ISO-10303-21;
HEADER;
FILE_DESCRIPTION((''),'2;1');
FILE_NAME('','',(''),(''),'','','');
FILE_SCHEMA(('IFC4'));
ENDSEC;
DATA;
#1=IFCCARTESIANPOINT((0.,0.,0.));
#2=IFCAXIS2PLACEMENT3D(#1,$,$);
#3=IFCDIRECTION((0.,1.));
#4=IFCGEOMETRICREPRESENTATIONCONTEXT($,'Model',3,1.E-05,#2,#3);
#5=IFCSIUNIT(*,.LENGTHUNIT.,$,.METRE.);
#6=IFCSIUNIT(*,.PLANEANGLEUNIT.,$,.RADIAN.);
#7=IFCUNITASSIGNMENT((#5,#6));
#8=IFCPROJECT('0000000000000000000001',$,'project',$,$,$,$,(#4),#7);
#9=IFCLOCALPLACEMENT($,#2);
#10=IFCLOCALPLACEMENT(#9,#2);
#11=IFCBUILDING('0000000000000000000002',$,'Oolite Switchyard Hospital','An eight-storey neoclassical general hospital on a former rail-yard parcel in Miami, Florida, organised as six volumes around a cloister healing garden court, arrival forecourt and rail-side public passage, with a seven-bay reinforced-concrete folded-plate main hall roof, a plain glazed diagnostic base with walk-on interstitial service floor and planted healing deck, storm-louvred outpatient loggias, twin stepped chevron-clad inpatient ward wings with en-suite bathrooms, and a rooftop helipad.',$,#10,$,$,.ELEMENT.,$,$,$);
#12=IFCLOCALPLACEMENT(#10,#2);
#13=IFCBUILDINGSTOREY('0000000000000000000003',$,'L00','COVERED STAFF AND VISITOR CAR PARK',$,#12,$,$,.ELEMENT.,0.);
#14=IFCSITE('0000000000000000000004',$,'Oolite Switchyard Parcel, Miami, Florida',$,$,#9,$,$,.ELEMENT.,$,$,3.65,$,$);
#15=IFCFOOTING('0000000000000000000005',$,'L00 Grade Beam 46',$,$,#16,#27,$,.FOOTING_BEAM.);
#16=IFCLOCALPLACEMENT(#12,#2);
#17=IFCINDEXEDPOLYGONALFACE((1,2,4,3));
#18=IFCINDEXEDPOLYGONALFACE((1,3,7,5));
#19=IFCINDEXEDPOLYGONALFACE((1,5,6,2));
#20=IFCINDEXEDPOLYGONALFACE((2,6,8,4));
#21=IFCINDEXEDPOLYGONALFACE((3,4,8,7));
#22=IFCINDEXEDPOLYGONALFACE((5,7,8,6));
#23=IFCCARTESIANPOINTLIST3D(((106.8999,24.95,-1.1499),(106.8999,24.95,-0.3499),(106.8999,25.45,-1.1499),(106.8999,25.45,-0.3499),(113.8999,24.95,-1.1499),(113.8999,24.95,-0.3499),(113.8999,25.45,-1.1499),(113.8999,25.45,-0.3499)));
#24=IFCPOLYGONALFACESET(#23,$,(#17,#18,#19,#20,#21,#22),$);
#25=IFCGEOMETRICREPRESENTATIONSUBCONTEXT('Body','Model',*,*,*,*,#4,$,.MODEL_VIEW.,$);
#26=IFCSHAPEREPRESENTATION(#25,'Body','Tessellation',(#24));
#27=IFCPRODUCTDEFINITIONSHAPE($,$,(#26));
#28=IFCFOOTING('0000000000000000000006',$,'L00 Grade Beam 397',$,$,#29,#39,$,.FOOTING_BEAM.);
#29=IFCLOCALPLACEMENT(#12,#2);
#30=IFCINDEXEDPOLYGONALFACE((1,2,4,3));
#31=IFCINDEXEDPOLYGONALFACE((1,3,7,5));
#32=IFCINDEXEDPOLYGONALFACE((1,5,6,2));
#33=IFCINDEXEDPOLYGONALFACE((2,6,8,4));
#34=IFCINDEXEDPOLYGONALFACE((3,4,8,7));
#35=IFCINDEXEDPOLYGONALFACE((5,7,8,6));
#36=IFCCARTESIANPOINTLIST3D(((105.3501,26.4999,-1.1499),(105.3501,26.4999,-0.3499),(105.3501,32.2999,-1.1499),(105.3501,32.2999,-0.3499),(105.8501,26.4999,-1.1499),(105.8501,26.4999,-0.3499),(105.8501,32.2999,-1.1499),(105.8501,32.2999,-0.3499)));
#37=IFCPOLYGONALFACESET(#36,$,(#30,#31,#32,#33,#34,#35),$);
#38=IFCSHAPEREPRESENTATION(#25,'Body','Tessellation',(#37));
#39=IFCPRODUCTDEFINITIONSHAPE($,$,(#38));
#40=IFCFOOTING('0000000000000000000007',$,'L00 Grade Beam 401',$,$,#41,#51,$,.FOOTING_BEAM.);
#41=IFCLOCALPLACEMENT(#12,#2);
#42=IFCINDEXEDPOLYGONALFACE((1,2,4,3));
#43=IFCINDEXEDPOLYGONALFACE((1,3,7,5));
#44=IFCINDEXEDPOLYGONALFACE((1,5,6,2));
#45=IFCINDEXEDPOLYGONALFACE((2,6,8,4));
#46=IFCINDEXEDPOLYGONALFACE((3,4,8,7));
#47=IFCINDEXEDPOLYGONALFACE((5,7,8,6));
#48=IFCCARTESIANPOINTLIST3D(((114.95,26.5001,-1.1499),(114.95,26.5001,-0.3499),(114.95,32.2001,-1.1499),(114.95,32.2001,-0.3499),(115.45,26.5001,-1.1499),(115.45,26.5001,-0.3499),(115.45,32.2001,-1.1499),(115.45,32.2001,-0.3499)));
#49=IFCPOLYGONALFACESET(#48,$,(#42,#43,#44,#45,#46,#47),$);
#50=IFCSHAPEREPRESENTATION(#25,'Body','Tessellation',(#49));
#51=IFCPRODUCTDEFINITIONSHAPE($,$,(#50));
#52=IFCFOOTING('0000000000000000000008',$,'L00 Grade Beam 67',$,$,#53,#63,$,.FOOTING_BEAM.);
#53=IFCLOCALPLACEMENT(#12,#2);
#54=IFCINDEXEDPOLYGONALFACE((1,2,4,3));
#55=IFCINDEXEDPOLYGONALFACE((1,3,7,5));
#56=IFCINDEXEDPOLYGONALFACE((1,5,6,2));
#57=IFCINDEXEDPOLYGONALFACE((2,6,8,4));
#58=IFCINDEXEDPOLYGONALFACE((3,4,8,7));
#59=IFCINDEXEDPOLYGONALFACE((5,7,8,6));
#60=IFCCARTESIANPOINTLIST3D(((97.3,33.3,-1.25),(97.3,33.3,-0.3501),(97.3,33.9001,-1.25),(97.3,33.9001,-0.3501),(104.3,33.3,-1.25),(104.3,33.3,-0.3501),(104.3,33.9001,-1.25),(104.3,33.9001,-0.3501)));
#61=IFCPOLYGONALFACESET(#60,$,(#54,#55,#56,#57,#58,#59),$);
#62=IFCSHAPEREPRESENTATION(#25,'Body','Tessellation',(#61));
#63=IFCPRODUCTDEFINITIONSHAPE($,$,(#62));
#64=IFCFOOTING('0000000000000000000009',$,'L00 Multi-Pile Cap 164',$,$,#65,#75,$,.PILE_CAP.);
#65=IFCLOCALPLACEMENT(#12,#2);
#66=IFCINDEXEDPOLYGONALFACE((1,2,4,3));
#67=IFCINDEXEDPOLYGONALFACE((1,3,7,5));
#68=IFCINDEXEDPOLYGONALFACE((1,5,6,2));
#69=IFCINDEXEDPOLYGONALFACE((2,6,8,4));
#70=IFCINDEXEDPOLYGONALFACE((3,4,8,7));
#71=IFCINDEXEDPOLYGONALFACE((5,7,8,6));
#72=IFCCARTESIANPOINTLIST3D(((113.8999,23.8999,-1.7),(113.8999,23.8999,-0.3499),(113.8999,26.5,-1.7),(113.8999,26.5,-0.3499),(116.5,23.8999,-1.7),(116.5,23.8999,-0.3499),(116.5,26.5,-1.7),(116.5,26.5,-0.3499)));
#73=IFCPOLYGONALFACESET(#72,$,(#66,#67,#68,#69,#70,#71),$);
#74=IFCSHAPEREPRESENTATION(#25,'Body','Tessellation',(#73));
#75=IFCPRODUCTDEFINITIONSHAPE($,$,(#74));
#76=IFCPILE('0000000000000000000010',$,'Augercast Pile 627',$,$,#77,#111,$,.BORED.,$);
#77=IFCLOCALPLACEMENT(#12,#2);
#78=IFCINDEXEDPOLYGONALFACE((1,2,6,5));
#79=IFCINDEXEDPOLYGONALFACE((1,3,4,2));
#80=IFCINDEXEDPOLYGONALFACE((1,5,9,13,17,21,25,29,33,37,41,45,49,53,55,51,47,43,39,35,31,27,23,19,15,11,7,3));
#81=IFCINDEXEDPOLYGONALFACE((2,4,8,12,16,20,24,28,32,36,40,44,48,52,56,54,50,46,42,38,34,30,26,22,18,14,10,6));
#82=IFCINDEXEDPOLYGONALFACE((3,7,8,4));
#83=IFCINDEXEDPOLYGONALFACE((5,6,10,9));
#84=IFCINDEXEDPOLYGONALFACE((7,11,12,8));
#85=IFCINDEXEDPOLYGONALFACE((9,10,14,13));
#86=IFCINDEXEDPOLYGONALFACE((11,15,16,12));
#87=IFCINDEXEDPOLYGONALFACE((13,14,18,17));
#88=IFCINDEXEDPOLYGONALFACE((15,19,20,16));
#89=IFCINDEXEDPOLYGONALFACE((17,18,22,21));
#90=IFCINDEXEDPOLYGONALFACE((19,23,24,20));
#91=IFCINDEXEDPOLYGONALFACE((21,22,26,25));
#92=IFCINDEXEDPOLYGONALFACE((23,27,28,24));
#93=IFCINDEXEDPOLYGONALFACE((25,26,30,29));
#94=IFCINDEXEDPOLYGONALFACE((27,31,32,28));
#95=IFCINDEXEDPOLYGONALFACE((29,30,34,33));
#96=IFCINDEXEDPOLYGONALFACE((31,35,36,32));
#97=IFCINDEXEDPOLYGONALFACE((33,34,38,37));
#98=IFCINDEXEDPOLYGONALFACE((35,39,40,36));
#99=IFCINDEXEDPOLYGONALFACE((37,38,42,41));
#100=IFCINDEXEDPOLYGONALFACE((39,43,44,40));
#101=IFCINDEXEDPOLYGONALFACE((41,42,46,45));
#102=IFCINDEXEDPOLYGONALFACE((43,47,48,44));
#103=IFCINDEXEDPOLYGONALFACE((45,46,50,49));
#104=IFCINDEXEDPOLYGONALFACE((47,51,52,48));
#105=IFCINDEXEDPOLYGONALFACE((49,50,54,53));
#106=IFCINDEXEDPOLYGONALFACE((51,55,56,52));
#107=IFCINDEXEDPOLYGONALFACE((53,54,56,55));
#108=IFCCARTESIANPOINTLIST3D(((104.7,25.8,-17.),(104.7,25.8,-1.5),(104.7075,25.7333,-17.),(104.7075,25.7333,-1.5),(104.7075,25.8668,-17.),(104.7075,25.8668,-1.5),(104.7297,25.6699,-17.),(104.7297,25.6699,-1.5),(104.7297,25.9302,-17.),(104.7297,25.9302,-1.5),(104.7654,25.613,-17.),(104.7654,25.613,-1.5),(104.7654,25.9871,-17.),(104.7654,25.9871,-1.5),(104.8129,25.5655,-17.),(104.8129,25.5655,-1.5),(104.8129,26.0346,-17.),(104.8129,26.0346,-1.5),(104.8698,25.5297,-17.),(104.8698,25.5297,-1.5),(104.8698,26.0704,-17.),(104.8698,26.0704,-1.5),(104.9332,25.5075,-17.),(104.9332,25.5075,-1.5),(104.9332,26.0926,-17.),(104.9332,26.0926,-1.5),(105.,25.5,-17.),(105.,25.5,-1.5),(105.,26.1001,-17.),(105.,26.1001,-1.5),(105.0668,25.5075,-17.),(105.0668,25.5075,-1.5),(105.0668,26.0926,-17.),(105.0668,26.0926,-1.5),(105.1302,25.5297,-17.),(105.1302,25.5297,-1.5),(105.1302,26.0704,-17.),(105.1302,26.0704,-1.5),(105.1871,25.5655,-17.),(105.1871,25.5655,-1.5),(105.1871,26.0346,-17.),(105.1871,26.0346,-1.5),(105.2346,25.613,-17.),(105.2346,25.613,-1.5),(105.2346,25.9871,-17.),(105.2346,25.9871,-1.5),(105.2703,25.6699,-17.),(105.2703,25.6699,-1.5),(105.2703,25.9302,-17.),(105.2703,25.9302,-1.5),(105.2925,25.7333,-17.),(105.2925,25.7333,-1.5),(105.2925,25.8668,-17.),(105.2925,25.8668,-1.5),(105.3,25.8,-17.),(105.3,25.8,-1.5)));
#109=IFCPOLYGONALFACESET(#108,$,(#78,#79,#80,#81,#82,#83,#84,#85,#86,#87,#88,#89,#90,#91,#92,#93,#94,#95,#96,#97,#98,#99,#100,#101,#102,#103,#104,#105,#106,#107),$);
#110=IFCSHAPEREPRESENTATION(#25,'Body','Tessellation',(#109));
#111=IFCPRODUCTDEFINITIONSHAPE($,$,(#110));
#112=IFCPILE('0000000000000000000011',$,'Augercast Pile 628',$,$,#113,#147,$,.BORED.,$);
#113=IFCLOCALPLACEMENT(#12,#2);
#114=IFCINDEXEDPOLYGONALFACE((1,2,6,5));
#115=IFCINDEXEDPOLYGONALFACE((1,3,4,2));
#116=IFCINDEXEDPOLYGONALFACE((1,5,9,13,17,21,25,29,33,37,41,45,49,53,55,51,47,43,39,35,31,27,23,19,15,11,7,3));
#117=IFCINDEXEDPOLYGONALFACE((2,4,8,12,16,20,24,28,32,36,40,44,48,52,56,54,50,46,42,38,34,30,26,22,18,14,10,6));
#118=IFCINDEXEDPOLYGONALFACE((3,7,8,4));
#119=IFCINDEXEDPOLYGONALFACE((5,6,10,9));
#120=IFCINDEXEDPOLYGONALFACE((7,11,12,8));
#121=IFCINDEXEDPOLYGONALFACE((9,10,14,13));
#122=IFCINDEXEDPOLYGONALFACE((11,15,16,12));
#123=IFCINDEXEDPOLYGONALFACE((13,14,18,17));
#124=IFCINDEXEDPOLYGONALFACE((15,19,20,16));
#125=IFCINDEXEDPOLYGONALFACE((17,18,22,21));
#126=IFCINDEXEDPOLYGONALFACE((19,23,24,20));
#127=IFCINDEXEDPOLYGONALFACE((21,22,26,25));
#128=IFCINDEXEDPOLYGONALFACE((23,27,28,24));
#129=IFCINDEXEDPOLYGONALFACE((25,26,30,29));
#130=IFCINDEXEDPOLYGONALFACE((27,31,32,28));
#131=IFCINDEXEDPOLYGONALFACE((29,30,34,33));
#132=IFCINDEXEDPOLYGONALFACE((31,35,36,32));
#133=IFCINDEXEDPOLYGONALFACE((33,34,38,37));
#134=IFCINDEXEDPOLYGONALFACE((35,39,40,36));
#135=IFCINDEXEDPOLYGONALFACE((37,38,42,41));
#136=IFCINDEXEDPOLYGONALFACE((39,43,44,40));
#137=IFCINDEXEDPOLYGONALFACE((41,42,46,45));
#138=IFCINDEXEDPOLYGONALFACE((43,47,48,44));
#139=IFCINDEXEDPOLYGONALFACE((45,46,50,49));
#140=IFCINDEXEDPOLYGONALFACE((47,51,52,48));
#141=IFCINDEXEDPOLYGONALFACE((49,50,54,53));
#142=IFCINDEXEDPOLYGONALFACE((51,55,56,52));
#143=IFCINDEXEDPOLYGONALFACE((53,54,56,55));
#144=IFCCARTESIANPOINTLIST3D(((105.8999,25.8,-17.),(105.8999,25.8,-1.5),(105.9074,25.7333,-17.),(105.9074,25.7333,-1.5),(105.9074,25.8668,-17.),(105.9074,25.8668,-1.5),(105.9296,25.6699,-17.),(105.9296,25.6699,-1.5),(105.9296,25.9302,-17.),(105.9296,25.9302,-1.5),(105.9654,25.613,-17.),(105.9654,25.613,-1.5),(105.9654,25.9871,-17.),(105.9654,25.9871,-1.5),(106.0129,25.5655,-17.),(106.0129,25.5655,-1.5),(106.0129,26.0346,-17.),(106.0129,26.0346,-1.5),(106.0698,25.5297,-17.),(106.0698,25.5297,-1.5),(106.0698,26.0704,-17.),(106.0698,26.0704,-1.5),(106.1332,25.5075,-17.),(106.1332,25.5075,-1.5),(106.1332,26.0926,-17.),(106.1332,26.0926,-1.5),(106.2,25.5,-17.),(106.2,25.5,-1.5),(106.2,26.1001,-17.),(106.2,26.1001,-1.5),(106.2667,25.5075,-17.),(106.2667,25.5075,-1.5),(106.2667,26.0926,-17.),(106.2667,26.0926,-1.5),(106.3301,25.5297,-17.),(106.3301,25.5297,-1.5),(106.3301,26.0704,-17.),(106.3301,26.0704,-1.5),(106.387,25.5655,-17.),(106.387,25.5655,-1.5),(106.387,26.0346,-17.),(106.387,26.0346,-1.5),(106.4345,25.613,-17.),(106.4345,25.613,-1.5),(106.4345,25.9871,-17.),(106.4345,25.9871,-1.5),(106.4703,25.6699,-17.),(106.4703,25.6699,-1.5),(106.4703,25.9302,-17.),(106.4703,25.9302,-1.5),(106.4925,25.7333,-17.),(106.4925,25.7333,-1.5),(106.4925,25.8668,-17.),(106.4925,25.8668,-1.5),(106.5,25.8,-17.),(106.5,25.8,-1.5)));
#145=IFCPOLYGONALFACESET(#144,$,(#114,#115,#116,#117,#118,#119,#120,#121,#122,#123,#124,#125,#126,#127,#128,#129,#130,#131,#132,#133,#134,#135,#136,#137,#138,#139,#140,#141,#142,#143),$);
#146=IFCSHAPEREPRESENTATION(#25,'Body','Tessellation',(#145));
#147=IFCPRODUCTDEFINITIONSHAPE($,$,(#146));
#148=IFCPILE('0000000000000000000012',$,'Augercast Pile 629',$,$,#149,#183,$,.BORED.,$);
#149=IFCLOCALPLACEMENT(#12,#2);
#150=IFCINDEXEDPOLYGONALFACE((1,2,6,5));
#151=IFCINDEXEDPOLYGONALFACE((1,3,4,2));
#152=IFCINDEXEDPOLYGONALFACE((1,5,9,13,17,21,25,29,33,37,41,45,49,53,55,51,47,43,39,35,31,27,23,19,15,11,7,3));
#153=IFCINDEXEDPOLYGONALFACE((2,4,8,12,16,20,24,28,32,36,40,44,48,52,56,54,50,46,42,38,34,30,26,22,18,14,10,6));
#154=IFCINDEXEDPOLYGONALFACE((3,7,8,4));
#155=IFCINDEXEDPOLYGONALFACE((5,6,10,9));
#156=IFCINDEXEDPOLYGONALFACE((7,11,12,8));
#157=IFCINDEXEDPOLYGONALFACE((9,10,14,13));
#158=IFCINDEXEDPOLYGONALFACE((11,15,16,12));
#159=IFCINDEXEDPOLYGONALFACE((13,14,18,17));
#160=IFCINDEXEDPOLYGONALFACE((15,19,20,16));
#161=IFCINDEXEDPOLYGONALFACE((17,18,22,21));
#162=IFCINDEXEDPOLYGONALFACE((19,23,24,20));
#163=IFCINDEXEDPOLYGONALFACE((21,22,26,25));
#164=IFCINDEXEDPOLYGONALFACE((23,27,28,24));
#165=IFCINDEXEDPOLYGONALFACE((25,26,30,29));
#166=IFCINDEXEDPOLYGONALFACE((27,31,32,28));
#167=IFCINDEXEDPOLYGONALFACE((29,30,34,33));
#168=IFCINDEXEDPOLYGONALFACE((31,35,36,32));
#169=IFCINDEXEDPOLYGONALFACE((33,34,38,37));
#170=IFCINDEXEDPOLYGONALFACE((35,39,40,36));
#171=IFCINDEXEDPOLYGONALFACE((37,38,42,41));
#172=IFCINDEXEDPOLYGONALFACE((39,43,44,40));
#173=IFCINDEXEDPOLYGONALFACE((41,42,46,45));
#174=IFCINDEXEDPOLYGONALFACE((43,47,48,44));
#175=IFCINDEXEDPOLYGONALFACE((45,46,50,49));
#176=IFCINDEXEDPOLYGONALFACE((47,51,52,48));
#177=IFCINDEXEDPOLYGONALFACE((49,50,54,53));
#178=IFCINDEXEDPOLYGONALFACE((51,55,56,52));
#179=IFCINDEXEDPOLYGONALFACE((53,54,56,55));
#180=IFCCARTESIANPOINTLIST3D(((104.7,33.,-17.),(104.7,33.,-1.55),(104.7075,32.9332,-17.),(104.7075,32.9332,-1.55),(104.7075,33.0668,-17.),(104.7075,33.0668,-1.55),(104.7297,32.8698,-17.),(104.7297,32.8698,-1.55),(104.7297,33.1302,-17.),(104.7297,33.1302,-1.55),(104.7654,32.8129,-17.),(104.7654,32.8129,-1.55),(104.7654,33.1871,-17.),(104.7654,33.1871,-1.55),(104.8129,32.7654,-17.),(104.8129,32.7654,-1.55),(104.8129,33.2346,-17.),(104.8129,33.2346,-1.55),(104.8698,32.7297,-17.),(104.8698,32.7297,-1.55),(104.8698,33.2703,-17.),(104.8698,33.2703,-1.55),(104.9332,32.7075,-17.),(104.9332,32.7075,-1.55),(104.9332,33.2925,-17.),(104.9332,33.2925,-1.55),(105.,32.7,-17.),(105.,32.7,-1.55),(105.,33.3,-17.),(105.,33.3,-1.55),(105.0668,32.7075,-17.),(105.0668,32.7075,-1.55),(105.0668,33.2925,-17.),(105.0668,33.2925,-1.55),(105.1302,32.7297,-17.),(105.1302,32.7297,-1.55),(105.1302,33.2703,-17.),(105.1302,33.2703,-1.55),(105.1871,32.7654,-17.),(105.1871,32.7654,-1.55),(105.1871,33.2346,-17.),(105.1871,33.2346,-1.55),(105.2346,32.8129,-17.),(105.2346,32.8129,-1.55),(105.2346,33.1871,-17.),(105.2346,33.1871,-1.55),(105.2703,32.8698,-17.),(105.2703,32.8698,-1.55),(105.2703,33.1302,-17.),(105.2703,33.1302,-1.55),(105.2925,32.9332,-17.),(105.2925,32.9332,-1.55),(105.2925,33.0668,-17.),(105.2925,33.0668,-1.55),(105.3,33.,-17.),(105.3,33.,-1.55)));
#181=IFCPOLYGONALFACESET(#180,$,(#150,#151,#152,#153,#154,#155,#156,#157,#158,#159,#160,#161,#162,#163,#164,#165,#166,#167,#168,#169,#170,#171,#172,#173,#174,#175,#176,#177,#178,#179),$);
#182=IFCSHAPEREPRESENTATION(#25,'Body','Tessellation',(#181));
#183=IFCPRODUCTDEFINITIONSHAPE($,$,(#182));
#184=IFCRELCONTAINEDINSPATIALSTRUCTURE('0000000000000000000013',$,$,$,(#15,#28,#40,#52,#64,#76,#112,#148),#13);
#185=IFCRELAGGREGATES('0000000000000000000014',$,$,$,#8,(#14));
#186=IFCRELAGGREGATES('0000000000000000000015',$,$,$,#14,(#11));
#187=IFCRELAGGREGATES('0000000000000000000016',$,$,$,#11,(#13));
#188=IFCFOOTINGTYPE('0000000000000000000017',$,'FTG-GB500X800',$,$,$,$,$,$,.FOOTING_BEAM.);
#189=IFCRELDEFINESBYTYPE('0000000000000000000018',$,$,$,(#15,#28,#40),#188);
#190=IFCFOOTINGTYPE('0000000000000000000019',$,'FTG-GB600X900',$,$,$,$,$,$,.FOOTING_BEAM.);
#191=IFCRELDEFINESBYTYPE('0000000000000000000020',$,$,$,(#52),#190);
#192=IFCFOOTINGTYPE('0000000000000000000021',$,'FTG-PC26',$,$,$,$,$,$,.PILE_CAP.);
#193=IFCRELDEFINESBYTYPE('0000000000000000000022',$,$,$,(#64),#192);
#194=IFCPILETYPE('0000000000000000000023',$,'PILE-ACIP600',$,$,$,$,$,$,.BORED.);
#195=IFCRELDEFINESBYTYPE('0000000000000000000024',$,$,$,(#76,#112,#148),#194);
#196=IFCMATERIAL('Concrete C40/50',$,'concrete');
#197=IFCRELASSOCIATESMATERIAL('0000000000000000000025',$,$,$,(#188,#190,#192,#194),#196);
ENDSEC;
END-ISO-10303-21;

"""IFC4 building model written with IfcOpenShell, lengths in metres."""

from ifc_helpers import new_model, si_unit, direction, frame, origin, origin_2d, place, context, subcontext, project, spatial, rectangle, circle, extrude, material, material_profile, profile_set, type_object, element, save


model = new_model("IFC4")

# Units and contexts
model_context = context("Model", 3, precision=1e-05, world=origin(), true_north=direction((0.0, 1.0)))
body_context = subcontext(model_context, "Body", "Model", "MODEL_VIEW")
ifc_project = project(units=[si_unit("LENGTHUNIT", "METRE"), si_unit("PLANEANGLEUNIT", "RADIAN")], contexts=[model_context])

# Site, building, storey
site_placement = place(None, origin())
site = spatial("IfcSite", under=ifc_project, at=site_placement, Name="Oolite Switchyard Parcel, Miami, Florida", CompositionType="ELEMENT", RefElevation=3.65)
building_placement = place(site_placement, origin())
building = spatial("IfcBuilding", under=site, at=building_placement, Name="Oolite Switchyard Hospital", Description="An eight-storey neoclassical general hospital on a former rail-yard parcel in Miami, Florida, organised as six volumes around a cloister healing garden court, arrival forecourt and rail-side public passage, with a seven-bay reinforced-concrete folded-plate main hall roof, a plain glazed diagnostic base with walk-on interstitial service floor and planted healing deck, storm-louvred outpatient loggias, twin stepped chevron-clad inpatient ward wings with en-suite bathrooms, and a rooftop helipad.", CompositionType="ELEMENT")
storey_placement = place(building_placement, origin())
storey = spatial("IfcBuildingStorey", under=building, at=storey_placement, Name="L00", Description="COVERED STAFF AND VISITOR CAR PARK", CompositionType="ELEMENT", Elevation=0.0)

# Footings
ifc_material_1 = material(Name="Concrete C40/50", Category="concrete")
footing_type_1 = type_object("IfcFootingType", Name="FTG-GB500X800", PredefinedType="FOOTING_BEAM", material=ifc_material_1)
footing_1_placement = place(storey_placement, frame((110.3999, 25.2, -1.1499), z_axis=(0.0, 0.0, 1.0), x_axis=(1.0, 0.0, 0.0)))
element("IfcFooting", 1, at=footing_1_placement, inside=storey, type_object=footing_type_1, Name="L00 Grade Beam 46", PredefinedType="FOOTING_BEAM", context=body_context, shape_type="SweptSolid", body=[
    extrude(rectangle(XDim=7.0, YDim=0.5, at=origin_2d()), origin(), (0.0, 0.0, 1.0), 0.8),
])
footing_2_placement = place(storey_placement, frame((105.6001, 29.3999, -1.1499), z_axis=(0.0, 0.0, 1.0), x_axis=(0.0, 1.0, 0.0)))
element("IfcFooting", 2, at=footing_2_placement, inside=storey, type_object=footing_type_1, Name="L00 Grade Beam 397", PredefinedType="FOOTING_BEAM", context=body_context, shape_type="SweptSolid", body=[
    extrude(rectangle(XDim=5.8, YDim=0.5, at=origin_2d()), origin(), (0.0, 0.0, 1.0), 0.8),
])
footing_3_placement = place(storey_placement, frame((115.2, 29.3501, -1.1499), z_axis=(0.0, 0.0, 1.0), x_axis=(0.0, 1.0, 0.0)))
element("IfcFooting", 3, at=footing_3_placement, inside=storey, type_object=footing_type_1, Name="L00 Grade Beam 401", PredefinedType="FOOTING_BEAM", context=body_context, shape_type="SweptSolid", body=[
    extrude(rectangle(XDim=5.7, YDim=0.5, at=origin_2d()), origin(), (0.0, 0.0, 1.0), 0.8),
])
footing_type_2 = type_object("IfcFootingType", Name="FTG-GB600X900", PredefinedType="FOOTING_BEAM", material=ifc_material_1)
footing_4_placement = place(storey_placement, frame((100.8, 33.6001, -1.25), z_axis=(0.0, 0.0, 1.0), x_axis=(1.0, 0.0, 0.0)))
element("IfcFooting", 4, at=footing_4_placement, inside=storey, type_object=footing_type_2, Name="L00 Grade Beam 67", PredefinedType="FOOTING_BEAM", context=body_context, shape_type="SweptSolid", body=[
    extrude(rectangle(XDim=7.0, YDim=0.6001, at=origin_2d()), origin(), (0.0, 0.0, 1.0), 0.8999),
])
footing_type_3 = type_object("IfcFootingType", Name="FTG-PC26", PredefinedType="PILE_CAP", material=ifc_material_1)
footing_5_placement = place(storey_placement, frame((115.2, 25.2, -1.7), z_axis=(0.0, 0.0, 1.0), x_axis=(1.0, 0.0, 0.0)))
element("IfcFooting", 5, at=footing_5_placement, inside=storey, type_object=footing_type_3, Name="L00 Multi-Pile Cap 164", PredefinedType="PILE_CAP", context=body_context, shape_type="SweptSolid", body=[
    extrude(rectangle(XDim=2.6001, YDim=2.6001, at=origin_2d()), origin(), (0.0, 0.0, 1.0), 1.3501),
])

# Piles
ifc_material_profile_1 = material_profile(ifc_material_1, circle(Radius=0.3, at=origin_2d()), Name="PILE600")
ifc_profile_set_1 = profile_set([ifc_material_profile_1], Name="Concrete C40/50")
pile_type = type_object("IfcPileType", Name="PILE-ACIP600", PredefinedType="BORED", material=ifc_profile_set_1)
for number, where, z_axis, x_axis, name in (
    (6, (105.0, 25.8, -1.5), (0.0, 0.0, -1.0), (1.0, 0.0, 0.0), "Augercast Pile 627"),
    (7, (106.2, 25.8, -1.5), (0.0, 0.0, -1.0), (1.0, 0.0, 0.0), "Augercast Pile 628"),
):
    element("IfcPile", number, at=place(storey_placement, frame(where, z_axis=z_axis, x_axis=x_axis)), inside=storey, type_object=pile_type, Name=name, PredefinedType="BORED", context=body_context, shape_type="SweptSolid", body=[
        extrude(circle(Radius=0.3, at=origin_2d()), origin(), (0.0, 0.0, 1.0), 15.5),
    ])
for number, where, z_axis, x_axis, name in (
    (8, (105.0, 33.0, -1.55), (0.0, 0.0, -1.0), (1.0, 0.0, 0.0), "Augercast Pile 629"),
):
    element("IfcPile", number, at=place(storey_placement, frame(where, z_axis=z_axis, x_axis=x_axis)), inside=storey, type_object=pile_type, Name=name, PredefinedType="BORED", context=body_context, shape_type="SweptSolid", body=[
        extrude(circle(Radius=0.3, at=origin_2d()), origin(), (0.0, 0.0, 1.0), 15.45),
    ])

save(model, "model.ifc")
